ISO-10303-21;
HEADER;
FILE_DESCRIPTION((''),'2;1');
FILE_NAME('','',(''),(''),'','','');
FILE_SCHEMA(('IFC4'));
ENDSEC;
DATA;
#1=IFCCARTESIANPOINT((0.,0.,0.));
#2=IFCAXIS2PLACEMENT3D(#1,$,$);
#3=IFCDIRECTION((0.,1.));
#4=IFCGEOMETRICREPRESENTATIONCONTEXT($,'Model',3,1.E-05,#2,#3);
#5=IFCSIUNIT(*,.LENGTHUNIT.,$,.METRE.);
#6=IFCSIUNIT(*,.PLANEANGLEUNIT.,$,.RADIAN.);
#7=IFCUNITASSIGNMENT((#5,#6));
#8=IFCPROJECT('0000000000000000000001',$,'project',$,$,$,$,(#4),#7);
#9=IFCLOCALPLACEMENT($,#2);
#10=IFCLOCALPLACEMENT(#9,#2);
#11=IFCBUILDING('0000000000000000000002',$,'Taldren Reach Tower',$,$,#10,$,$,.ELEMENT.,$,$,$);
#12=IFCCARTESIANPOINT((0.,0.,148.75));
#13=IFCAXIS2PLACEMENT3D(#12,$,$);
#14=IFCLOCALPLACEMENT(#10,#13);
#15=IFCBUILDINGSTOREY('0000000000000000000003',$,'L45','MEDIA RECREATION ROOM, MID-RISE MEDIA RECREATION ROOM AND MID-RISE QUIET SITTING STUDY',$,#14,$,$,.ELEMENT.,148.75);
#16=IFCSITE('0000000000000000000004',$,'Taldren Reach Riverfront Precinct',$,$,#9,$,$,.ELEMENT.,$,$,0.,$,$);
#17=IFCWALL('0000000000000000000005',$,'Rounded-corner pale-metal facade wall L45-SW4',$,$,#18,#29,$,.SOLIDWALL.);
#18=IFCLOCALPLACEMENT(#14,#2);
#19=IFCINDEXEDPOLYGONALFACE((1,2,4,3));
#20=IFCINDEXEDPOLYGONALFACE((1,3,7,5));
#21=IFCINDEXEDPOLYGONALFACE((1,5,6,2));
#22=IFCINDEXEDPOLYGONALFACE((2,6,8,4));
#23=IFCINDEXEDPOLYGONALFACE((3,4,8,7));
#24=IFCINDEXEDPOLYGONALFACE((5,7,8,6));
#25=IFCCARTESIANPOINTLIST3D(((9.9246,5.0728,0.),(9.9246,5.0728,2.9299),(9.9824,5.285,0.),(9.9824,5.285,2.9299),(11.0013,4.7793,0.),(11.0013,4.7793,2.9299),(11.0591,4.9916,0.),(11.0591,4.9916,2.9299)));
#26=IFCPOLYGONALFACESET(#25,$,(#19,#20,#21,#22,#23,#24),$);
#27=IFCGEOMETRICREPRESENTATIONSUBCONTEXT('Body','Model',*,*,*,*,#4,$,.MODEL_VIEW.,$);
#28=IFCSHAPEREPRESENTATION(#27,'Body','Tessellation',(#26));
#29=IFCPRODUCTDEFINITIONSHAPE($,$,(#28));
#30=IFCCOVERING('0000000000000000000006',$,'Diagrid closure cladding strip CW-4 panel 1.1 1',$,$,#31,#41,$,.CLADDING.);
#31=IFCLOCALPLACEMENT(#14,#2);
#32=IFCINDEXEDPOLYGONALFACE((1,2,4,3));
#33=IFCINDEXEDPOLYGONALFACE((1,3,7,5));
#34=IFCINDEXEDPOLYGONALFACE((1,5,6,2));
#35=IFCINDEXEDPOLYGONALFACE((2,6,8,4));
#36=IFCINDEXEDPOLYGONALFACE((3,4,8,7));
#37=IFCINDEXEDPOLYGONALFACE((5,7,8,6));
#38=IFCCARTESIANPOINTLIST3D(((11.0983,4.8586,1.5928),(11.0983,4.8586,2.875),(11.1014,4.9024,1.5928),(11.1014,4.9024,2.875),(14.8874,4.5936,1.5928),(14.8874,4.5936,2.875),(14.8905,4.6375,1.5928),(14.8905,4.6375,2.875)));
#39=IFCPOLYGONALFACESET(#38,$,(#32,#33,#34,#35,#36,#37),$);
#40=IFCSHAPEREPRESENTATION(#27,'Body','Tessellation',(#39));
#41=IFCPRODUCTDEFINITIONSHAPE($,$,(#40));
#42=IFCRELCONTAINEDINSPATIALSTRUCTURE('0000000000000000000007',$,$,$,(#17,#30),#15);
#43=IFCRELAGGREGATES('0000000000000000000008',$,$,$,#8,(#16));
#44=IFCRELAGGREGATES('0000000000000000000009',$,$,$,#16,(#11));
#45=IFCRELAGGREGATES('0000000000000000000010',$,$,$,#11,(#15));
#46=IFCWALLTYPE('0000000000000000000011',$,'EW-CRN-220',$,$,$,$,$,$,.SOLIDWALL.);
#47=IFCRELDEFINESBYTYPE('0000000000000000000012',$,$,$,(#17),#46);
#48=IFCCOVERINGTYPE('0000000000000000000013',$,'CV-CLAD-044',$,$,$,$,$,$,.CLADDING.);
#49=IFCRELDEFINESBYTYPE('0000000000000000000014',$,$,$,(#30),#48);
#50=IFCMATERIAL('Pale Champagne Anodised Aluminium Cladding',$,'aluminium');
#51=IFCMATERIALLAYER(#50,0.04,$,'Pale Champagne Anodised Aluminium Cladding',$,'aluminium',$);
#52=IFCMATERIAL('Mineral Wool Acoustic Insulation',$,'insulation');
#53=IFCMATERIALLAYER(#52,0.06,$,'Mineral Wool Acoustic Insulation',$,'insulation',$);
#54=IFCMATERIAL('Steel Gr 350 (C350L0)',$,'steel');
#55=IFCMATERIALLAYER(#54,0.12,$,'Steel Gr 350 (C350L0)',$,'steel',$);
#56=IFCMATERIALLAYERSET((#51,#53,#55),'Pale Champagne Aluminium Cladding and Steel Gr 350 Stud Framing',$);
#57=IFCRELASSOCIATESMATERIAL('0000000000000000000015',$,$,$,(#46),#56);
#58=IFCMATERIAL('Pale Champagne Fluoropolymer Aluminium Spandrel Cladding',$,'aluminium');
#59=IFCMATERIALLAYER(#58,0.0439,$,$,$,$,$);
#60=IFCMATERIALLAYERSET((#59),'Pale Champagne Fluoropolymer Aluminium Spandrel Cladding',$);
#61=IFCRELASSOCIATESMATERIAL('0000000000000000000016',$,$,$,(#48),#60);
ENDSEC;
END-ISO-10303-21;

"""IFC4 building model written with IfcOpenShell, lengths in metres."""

from ifc_helpers import new_model, si_unit, direction, frame, frame_2d, origin, origin_2d, place, context, subcontext, project, spatial, rectangle, extrude, source, transform, mapped, material, layer, layer_set, type_object, element, save


model = new_model("IFC4")

# Units and contexts
model_context = context("Model", 3, precision=1e-05, world=origin(), true_north=direction((0.0, 1.0)))
body_context = subcontext(model_context, "Body", "Model", "MODEL_VIEW")
ifc_project = project(units=[si_unit("LENGTHUNIT", "METRE"), si_unit("PLANEANGLEUNIT", "RADIAN")], contexts=[model_context])

# Site, building, storey
site_placement = place(None, origin())
site = spatial("IfcSite", under=ifc_project, at=site_placement, Name="Taldren Reach Riverfront Precinct", CompositionType="ELEMENT", RefElevation=0.0)
building_placement = place(site_placement, origin())
building = spatial("IfcBuilding", under=site, at=building_placement, Name="Taldren Reach Tower", CompositionType="ELEMENT")
storey_placement = place(building_placement, frame((0.0, 0.0, 148.75)))
storey = spatial("IfcBuildingStorey", under=building, at=storey_placement, Name="L45", Description="MEDIA RECREATION ROOM, MID-RISE MEDIA RECREATION ROOM AND MID-RISE QUIET SITTING STUDY", CompositionType="ELEMENT", Elevation=148.75)

# Shared definitions
ifc_material_1 = material(Name="Steel Gr 350 (C350L0)", Category="steel")

# Wall
ifc_material_2 = material(Name="Pale Champagne Anodised Aluminium Cladding", Category="aluminium")
ifc_layer_1 = layer(ifc_material_2, 0.04, Name="Pale Champagne Anodised Aluminium Cladding", Category="aluminium")
ifc_material_3 = material(Name="Mineral Wool Acoustic Insulation", Category="insulation")
ifc_layer_2 = layer(ifc_material_3, 0.06, Name="Mineral Wool Acoustic Insulation", Category="insulation")
ifc_layer_3 = layer(ifc_material_1, 0.12, Name="Steel Gr 350 (C350L0)", Category="steel")
ifc_layer_set_1 = layer_set([ifc_layer_1, ifc_layer_2, ifc_layer_3], Name="Pale Champagne Aluminium Cladding and Steel Gr 350 Stud Framing")
wall_type = type_object("IfcWallType", Name="EW-CRN-220", PredefinedType="SOLIDWALL", material=ifc_layer_set_1)
shared_shape_1 = source(origin(), body_context, "Body", "SweptSolid", [
    extrude(rectangle(XDim=1.116, YDim=0.22, at=frame_2d((0.5581, 0.0))), origin(), (0.0, 0.0, 1.0), 2.9299),
])
for number, where, z_axis, x_axis, name in (
    (1, (9.9534, 5.179, 0.0), (0.0, 0.0, 1.0), (0.964804, -0.262969, 0.0), "Rounded-corner pale-metal facade wall L45-SW4"),
):
    element("IfcWall", number, at=place(storey_placement, frame(where, z_axis=z_axis, x_axis=x_axis)), inside=storey, type_object=wall_type, Name=name, PredefinedType="SOLIDWALL", context=body_context, shape_type="MappedRepresentation", body=[
        mapped(shared_shape_1, transform((0.0, 0.0, 0.0), scale=1.0)),
    ])

# Covering
ifc_material_4 = material(Name="Pale Champagne Fluoropolymer Aluminium Spandrel Cladding", Category="aluminium")
ifc_layer_4 = layer(ifc_material_4, 0.0439)
ifc_layer_set_2 = layer_set([ifc_layer_4], Name="Pale Champagne Fluoropolymer Aluminium Spandrel Cladding")
covering_type = type_object("IfcCoveringType", Name="CV-CLAD-044", PredefinedType="CLADDING", material=ifc_layer_set_2)
shared_shape_2 = source(origin(), body_context, "Body", "SweptSolid", [
    extrude(rectangle(XDim=3.7983, YDim=0.0439, at=origin_2d()), origin(), (0.0, 0.0, 1.0), 1.2822),
])
covering_placement = place(storey_placement, frame((12.9944, 4.748, 1.5928), z_axis=(0.0, 0.0, 1.0), x_axis=(0.997564, -0.069757, 0.0)))
element("IfcCovering", 2, at=covering_placement, inside=storey, type_object=covering_type, Name="Diagrid closure cladding strip CW-4 panel 1.1 1", PredefinedType="CLADDING", context=body_context, shape_type="MappedRepresentation", body=[
    mapped(shared_shape_2, transform((0.0, 0.0, 0.0), scale=1.0)),
])

save(model, "model.ifc")
